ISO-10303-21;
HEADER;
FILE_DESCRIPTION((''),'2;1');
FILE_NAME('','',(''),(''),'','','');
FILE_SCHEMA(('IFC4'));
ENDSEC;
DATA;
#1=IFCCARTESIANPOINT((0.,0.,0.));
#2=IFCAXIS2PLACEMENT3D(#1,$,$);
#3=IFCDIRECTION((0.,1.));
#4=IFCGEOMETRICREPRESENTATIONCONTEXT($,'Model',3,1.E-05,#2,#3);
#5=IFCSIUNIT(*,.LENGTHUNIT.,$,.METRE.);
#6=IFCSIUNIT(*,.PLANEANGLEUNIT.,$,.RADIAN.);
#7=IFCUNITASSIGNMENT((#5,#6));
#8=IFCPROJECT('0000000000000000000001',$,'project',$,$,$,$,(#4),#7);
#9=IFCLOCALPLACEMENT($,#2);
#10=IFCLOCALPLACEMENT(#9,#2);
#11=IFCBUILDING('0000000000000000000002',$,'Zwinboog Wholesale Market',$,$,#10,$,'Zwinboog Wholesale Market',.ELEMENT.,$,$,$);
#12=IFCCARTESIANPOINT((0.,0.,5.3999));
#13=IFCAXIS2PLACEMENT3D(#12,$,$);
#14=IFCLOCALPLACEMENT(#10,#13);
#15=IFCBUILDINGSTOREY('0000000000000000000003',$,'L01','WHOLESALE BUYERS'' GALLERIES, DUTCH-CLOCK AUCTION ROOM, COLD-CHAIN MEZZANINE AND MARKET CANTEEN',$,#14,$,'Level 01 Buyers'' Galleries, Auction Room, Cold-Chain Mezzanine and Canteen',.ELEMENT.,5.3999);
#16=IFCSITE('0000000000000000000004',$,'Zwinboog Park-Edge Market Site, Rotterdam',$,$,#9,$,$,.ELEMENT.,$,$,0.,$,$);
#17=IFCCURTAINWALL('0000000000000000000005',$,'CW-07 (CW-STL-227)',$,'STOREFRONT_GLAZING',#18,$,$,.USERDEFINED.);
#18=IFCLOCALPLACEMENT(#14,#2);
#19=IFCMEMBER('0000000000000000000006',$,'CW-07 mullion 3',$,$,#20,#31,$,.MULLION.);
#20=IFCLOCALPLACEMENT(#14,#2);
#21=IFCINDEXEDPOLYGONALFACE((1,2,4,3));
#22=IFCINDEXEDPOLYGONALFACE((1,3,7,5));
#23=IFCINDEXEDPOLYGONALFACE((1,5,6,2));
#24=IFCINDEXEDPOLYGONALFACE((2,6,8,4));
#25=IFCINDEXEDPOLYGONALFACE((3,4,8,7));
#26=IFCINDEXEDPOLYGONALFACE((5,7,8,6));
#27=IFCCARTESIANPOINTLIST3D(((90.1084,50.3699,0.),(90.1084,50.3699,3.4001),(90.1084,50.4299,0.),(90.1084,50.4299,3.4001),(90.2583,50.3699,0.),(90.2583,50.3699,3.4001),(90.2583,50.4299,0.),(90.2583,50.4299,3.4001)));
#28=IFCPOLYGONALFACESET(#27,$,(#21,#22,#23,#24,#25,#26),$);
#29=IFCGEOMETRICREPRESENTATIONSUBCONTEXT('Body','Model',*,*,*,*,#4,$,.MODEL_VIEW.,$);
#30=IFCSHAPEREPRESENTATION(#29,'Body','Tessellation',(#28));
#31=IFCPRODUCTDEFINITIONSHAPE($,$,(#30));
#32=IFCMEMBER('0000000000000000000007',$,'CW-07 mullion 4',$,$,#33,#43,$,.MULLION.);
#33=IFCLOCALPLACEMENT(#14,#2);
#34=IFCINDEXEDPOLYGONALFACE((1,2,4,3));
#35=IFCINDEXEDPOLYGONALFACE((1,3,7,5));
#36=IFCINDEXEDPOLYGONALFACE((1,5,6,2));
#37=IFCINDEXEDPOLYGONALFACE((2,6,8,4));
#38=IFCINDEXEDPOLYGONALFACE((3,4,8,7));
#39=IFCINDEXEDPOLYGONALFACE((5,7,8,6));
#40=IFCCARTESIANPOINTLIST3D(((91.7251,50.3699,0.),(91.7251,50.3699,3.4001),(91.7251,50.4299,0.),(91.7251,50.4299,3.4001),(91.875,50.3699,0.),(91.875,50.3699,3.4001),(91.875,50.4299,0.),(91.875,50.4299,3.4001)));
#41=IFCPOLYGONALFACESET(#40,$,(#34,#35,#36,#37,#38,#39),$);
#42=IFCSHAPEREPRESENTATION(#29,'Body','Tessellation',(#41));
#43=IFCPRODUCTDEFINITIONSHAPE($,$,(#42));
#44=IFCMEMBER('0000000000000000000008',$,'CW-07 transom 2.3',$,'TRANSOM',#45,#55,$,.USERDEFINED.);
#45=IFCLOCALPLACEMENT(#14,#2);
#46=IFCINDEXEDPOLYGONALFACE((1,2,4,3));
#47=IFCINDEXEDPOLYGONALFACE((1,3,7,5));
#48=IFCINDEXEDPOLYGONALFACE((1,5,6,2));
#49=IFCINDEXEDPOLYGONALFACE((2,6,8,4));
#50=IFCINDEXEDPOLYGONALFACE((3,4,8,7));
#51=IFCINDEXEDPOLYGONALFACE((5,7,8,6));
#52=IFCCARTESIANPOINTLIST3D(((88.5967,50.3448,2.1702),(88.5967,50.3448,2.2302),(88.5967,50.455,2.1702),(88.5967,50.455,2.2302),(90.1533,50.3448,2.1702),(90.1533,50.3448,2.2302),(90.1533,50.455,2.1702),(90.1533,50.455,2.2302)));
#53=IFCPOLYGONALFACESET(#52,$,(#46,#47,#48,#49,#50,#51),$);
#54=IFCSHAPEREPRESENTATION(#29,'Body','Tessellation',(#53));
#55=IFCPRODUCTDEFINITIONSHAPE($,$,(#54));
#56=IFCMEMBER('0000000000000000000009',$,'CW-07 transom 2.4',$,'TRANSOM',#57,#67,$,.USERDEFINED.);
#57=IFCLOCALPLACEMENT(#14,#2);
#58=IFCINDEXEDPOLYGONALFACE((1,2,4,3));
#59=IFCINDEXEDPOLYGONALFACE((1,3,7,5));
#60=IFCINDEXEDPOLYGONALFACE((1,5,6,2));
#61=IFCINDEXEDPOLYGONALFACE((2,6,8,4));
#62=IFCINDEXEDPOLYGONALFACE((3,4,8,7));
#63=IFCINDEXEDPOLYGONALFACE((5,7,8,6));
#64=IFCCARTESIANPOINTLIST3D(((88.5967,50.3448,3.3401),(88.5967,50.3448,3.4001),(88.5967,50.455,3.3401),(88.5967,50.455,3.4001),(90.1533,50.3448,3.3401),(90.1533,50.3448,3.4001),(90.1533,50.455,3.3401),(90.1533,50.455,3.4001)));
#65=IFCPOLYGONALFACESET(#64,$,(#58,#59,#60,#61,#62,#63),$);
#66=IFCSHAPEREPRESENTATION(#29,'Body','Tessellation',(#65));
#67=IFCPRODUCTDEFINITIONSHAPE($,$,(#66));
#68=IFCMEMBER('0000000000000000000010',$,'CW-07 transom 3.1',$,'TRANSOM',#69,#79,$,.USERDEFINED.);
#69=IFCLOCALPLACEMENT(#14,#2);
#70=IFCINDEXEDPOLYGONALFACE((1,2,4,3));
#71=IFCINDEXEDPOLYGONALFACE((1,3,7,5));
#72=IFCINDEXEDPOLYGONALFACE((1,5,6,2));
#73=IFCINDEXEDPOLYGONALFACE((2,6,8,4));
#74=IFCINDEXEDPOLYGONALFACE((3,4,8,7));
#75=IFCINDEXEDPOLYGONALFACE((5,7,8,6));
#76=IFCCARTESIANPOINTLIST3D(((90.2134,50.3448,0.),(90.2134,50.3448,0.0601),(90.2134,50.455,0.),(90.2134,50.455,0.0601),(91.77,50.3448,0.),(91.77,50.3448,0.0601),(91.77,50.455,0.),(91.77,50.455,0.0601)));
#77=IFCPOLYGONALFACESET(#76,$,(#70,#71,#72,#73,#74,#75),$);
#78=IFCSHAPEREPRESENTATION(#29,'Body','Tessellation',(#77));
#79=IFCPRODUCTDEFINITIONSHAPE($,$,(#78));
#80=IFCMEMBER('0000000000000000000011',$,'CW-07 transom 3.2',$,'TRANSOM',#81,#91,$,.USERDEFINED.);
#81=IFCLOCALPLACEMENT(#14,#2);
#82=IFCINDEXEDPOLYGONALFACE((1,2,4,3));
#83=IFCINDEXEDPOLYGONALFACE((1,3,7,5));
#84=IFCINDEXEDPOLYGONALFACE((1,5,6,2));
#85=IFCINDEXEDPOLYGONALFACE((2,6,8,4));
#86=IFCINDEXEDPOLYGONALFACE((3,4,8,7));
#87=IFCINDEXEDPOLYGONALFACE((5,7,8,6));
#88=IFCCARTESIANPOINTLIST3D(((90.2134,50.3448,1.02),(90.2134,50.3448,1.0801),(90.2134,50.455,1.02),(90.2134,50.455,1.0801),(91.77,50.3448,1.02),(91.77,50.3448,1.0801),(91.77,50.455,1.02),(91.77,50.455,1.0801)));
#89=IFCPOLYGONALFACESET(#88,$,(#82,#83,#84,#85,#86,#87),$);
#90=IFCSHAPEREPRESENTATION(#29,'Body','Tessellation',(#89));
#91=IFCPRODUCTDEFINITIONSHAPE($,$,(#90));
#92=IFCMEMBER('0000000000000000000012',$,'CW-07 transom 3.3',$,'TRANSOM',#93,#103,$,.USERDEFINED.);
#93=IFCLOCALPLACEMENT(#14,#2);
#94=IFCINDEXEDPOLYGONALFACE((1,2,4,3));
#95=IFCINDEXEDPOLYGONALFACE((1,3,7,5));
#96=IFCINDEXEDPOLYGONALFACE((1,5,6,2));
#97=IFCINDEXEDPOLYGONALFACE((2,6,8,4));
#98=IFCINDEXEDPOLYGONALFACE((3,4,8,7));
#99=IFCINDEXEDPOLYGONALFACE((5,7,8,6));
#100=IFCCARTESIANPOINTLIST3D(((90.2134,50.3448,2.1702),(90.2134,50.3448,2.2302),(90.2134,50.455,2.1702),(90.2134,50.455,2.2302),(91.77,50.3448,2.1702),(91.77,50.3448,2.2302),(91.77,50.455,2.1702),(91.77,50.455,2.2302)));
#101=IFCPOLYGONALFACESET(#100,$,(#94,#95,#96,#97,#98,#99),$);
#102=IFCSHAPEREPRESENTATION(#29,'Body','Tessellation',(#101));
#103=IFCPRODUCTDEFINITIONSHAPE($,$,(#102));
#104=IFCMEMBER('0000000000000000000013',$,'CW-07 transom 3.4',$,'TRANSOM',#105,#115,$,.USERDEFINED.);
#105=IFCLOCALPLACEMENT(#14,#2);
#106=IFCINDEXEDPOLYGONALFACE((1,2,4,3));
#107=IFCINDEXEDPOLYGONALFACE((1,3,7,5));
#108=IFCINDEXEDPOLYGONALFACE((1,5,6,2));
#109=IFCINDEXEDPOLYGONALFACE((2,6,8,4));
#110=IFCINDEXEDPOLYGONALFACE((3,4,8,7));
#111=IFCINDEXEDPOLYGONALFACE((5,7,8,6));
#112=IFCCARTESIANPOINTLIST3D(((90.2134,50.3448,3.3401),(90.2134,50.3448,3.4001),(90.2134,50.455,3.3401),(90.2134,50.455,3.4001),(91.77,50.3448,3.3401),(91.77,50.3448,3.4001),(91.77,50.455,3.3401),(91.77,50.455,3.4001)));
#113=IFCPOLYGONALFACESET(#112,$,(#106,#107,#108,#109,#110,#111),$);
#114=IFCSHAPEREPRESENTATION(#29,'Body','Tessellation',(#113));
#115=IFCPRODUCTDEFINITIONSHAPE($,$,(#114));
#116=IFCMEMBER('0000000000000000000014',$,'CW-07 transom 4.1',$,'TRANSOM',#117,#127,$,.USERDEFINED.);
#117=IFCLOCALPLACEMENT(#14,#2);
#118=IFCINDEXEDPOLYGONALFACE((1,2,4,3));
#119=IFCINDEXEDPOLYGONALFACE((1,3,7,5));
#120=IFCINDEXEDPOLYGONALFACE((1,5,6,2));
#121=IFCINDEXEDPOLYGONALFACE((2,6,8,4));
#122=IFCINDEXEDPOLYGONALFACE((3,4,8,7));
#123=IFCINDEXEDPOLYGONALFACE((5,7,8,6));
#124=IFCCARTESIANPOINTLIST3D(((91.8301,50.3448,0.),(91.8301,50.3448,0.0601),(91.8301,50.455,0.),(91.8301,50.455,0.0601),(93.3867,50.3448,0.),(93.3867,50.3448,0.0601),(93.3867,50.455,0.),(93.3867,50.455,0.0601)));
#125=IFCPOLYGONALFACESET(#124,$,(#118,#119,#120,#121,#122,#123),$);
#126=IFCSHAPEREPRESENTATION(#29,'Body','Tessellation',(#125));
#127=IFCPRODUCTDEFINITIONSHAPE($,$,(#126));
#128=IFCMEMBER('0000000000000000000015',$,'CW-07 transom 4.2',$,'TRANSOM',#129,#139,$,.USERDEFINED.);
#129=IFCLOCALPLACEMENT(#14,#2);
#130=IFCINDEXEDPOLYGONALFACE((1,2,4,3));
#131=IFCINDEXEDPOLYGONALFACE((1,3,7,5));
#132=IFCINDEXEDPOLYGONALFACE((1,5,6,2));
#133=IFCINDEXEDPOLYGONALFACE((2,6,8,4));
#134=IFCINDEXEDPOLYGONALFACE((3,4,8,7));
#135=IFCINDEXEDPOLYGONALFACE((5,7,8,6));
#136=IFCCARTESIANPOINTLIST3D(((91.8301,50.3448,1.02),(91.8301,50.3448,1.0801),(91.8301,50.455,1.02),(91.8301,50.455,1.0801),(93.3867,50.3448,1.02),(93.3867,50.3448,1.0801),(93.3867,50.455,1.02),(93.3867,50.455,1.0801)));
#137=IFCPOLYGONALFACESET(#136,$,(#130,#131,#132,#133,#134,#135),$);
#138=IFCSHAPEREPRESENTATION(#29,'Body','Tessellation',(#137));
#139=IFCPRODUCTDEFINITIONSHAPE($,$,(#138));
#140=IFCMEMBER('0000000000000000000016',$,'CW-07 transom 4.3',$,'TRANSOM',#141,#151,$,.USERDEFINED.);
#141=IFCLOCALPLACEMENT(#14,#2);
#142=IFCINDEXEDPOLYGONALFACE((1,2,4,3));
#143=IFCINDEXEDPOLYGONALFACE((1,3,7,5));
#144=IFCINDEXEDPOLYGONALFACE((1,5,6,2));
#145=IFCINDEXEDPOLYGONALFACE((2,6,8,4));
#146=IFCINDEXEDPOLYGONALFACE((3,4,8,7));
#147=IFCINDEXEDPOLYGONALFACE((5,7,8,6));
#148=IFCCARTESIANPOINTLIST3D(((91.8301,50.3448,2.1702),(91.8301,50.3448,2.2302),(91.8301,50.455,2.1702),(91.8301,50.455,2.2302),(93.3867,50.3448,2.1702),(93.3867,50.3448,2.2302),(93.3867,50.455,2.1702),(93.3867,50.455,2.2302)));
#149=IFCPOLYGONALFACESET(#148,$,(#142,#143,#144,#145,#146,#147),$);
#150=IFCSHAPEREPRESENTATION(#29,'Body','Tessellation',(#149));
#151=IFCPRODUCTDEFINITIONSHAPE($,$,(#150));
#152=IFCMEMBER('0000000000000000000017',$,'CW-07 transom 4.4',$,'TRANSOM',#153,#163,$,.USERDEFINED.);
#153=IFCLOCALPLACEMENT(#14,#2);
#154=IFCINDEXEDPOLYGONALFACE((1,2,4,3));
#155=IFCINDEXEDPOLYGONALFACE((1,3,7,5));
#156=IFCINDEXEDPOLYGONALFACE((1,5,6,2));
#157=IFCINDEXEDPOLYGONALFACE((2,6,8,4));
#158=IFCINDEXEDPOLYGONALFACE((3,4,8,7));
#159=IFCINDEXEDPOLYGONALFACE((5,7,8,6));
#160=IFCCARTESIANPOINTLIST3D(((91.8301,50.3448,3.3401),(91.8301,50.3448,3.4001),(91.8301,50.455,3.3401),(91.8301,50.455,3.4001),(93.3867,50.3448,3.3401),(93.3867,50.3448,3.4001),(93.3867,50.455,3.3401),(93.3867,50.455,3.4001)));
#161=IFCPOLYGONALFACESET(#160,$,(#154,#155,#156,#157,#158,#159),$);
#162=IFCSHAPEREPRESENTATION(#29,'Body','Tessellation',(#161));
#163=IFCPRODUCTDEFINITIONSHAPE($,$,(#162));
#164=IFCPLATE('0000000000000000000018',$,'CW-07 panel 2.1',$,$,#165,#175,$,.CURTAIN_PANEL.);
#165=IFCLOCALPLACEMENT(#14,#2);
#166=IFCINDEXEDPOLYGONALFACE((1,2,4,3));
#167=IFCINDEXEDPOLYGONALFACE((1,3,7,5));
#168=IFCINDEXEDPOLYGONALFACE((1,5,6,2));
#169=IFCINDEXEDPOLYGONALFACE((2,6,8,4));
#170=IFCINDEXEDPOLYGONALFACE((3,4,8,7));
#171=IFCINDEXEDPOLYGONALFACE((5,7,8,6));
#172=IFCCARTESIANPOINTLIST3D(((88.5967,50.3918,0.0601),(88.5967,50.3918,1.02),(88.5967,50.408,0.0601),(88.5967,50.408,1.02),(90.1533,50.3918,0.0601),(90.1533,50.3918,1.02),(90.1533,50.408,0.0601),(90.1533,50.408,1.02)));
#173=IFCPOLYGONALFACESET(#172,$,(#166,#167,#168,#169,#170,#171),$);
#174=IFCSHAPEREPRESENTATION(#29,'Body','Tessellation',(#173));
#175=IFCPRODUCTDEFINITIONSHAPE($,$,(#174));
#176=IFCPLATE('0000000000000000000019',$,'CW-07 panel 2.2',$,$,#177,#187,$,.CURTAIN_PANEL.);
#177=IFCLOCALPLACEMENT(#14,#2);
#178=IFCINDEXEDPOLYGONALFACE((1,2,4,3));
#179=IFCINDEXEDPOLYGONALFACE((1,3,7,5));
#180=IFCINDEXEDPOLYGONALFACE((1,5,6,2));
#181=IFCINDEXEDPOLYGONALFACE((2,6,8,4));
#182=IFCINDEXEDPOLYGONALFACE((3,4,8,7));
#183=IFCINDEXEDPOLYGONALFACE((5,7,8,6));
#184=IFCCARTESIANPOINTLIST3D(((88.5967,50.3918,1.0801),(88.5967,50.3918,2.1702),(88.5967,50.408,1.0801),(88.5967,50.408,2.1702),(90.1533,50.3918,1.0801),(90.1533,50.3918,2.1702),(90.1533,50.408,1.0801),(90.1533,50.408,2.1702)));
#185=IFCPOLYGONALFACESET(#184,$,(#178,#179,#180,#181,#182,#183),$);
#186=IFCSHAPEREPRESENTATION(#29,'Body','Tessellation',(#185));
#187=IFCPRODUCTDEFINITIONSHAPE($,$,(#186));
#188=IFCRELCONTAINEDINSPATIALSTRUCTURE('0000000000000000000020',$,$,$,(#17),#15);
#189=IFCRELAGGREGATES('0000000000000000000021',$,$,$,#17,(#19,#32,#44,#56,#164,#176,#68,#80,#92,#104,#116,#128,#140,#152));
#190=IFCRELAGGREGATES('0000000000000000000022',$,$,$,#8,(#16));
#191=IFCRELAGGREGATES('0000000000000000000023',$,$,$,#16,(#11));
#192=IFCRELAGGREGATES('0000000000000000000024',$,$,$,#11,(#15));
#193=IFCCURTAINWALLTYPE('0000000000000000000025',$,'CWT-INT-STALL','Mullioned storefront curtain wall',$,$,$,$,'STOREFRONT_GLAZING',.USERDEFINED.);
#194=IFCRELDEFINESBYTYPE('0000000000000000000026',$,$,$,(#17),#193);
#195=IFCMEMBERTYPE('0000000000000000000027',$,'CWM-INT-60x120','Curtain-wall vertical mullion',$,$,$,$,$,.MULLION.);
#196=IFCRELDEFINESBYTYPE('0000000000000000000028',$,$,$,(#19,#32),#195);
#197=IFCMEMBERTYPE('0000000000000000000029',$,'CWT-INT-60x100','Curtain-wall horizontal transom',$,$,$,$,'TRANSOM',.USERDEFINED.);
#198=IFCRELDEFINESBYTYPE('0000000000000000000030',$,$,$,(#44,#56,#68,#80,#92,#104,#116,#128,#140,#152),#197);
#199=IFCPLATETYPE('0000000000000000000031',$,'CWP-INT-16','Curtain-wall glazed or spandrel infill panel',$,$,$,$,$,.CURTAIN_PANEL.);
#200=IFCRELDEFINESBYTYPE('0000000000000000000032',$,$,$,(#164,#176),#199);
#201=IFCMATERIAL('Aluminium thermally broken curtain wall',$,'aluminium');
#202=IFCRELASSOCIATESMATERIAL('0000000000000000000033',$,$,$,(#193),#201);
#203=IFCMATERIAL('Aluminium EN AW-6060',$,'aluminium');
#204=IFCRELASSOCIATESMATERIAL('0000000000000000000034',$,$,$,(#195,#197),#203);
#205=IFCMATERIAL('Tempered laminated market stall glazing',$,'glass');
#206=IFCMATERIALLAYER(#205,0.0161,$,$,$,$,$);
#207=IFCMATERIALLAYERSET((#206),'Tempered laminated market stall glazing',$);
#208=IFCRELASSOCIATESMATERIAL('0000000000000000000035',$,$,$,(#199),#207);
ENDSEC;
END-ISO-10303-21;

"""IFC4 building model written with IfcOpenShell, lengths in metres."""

from ifc_helpers import new_model, si_unit, direction, frame, origin, origin_2d, place, context, subcontext, project, spatial, rectangle, extrude, material, layer, layer_set, material_profile, profile_set, type_object, element, aggregate, save


model = new_model("IFC4")

# Units and contexts
model_context = context("Model", 3, precision=1e-05, world=origin(), true_north=direction((0.0, 1.0)))
body_context = subcontext(model_context, "Body", "Model", "MODEL_VIEW")
ifc_project = project(units=[si_unit("LENGTHUNIT", "METRE"), si_unit("PLANEANGLEUNIT", "RADIAN")], contexts=[model_context])

# Site, building, storey
site_placement = place(None, origin())
site = spatial("IfcSite", under=ifc_project, at=site_placement, Name="Zwinboog Park-Edge Market Site, Rotterdam", CompositionType="ELEMENT", RefElevation=0.0)
building_placement = place(site_placement, origin())
building = spatial("IfcBuilding", under=site, at=building_placement, Name="Zwinboog Wholesale Market", LongName="Zwinboog Wholesale Market", CompositionType="ELEMENT")
storey_placement = place(building_placement, frame((0.0, 0.0, 5.3999)))
storey = spatial("IfcBuildingStorey", under=building, at=storey_placement, Name="L01", Description="WHOLESALE BUYERS' GALLERIES, DUTCH-CLOCK AUCTION ROOM, COLD-CHAIN MEZZANINE AND MARKET CANTEEN", LongName="Level 01 Buyers' Galleries, Auction Room, Cold-Chain Mezzanine and Canteen", CompositionType="ELEMENT", Elevation=5.3999)

# Curtain wall, members, plates
ifc_material_1 = material(Name="Aluminium thermally broken curtain wall", Category="aluminium")
curtain_wall_type = type_object("IfcCurtainWallType", Name="CWT-INT-STALL", Description="Mullioned storefront curtain wall", ElementType="STOREFRONT_GLAZING", PredefinedType="USERDEFINED", material=ifc_material_1)
curtain_wall_placement = place(storey_placement, origin())
curtain_wall = element("IfcCurtainWall", 1, at=curtain_wall_placement, inside=storey, type_object=curtain_wall_type, Name="CW-07 (CW-STL-227)", ObjectType="STOREFRONT_GLAZING", PredefinedType="USERDEFINED")
ifc_material_2 = material(Name="Aluminium EN AW-6060", Category="aluminium")
ifc_material_profile_1 = material_profile(ifc_material_2, rectangle(XDim=0.0601, YDim=0.1499, at=origin_2d()), Name="AL 60x150")
ifc_profile_set_1 = profile_set([ifc_material_profile_1], Name="Aluminium EN AW-6060")
member_type_1 = type_object("IfcMemberType", Name="CWM-INT-60x120", Description="Curtain-wall vertical mullion", PredefinedType="MULLION", material=ifc_profile_set_1)
member_1_placement = place(storey_placement, frame((90.1833, 50.3999, 0.0), z_axis=(0.0, 0.0, 1.0), x_axis=(0.0, 1.0, 0.0)))
member_1 = element("IfcMember", 2, at=member_1_placement, type_object=member_type_1, Name="CW-07 mullion 3", PredefinedType="MULLION", context=body_context, shape_type="SweptSolid", body=[
    extrude(rectangle(XDim=0.0601, YDim=0.1499, at=origin_2d()), origin(), (0.0, 0.0, 1.0), 3.4001),
])
member_2_placement = place(storey_placement, frame((91.8, 50.3999, 0.0), z_axis=(0.0, 0.0, 1.0), x_axis=(0.0, 1.0, 0.0)))
member_2 = element("IfcMember", 3, at=member_2_placement, type_object=member_type_1, Name="CW-07 mullion 4", PredefinedType="MULLION", context=body_context, shape_type="SweptSolid", body=[
    extrude(rectangle(XDim=0.0601, YDim=0.1499, at=origin_2d()), origin(), (0.0, 0.0, 1.0), 3.4001),
])
ifc_material_profile_2 = material_profile(ifc_material_2, rectangle(XDim=0.1101, YDim=0.0601, at=origin_2d()), Name="AL 60x110")
ifc_profile_set_2 = profile_set([ifc_material_profile_2], Name="Aluminium EN AW-6060")
member_type_2 = type_object("IfcMemberType", Name="CWT-INT-60x100", Description="Curtain-wall horizontal transom", ElementType="TRANSOM", PredefinedType="USERDEFINED", material=ifc_profile_set_2)
member_3_placement = place(storey_placement, frame((88.5967, 50.3999, 2.2002), z_axis=(1.0, 0.0, 0.0), x_axis=(0.0, 1.0, 0.0)))
member_3 = element("IfcMember", 4, at=member_3_placement, type_object=member_type_2, Name="CW-07 transom 2.3", ObjectType="TRANSOM", PredefinedType="USERDEFINED", context=body_context, shape_type="SweptSolid", body=[
    extrude(rectangle(XDim=0.1101, YDim=0.0601, at=origin_2d()), origin(), (0.0, 0.0, 1.0), 1.5566),
])
member_4_placement = place(storey_placement, frame((88.5967, 50.3999, 3.3701), z_axis=(1.0, 0.0, 0.0), x_axis=(0.0, 1.0, 0.0)))
member_4 = element("IfcMember", 5, at=member_4_placement, type_object=member_type_2, Name="CW-07 transom 2.4", ObjectType="TRANSOM", PredefinedType="USERDEFINED", context=body_context, shape_type="SweptSolid", body=[
    extrude(rectangle(XDim=0.1101, YDim=0.0601, at=origin_2d()), origin(), (0.0, 0.0, 1.0), 1.5566),
])
member_5_placement = place(storey_placement, frame((90.2134, 50.3999, 0.03), z_axis=(1.0, 0.0, 0.0), x_axis=(0.0, 1.0, 0.0)))
member_5 = element("IfcMember", 6, at=member_5_placement, type_object=member_type_2, Name="CW-07 transom 3.1", ObjectType="TRANSOM", PredefinedType="USERDEFINED", context=body_context, shape_type="SweptSolid", body=[
    extrude(rectangle(XDim=0.1101, YDim=0.0601, at=origin_2d()), origin(), (0.0, 0.0, 1.0), 1.5566),
])
member_6_placement = place(storey_placement, frame((90.2134, 50.3999, 1.05), z_axis=(1.0, 0.0, 0.0), x_axis=(0.0, 1.0, 0.0)))
member_6 = element("IfcMember", 7, at=member_6_placement, type_object=member_type_2, Name="CW-07 transom 3.2", ObjectType="TRANSOM", PredefinedType="USERDEFINED", context=body_context, shape_type="SweptSolid", body=[
    extrude(rectangle(XDim=0.1101, YDim=0.0601, at=origin_2d()), origin(), (0.0, 0.0, 1.0), 1.5566),
])
member_7_placement = place(storey_placement, frame((90.2134, 50.3999, 2.2002), z_axis=(1.0, 0.0, 0.0), x_axis=(0.0, 1.0, 0.0)))
member_7 = element("IfcMember", 8, at=member_7_placement, type_object=member_type_2, Name="CW-07 transom 3.3", ObjectType="TRANSOM", PredefinedType="USERDEFINED", context=body_context, shape_type="SweptSolid", body=[
    extrude(rectangle(XDim=0.1101, YDim=0.0601, at=origin_2d()), origin(), (0.0, 0.0, 1.0), 1.5566),
])
member_8_placement = place(storey_placement, frame((90.2134, 50.3999, 3.3701), z_axis=(1.0, 0.0, 0.0), x_axis=(0.0, 1.0, 0.0)))
member_8 = element("IfcMember", 9, at=member_8_placement, type_object=member_type_2, Name="CW-07 transom 3.4", ObjectType="TRANSOM", PredefinedType="USERDEFINED", context=body_context, shape_type="SweptSolid", body=[
    extrude(rectangle(XDim=0.1101, YDim=0.0601, at=origin_2d()), origin(), (0.0, 0.0, 1.0), 1.5566),
])
member_9_placement = place(storey_placement, frame((91.8301, 50.3999, 0.03), z_axis=(1.0, 0.0, 0.0), x_axis=(0.0, 1.0, 0.0)))
member_9 = element("IfcMember", 10, at=member_9_placement, type_object=member_type_2, Name="CW-07 transom 4.1", ObjectType="TRANSOM", PredefinedType="USERDEFINED", context=body_context, shape_type="SweptSolid", body=[
    extrude(rectangle(XDim=0.1101, YDim=0.0601, at=origin_2d()), origin(), (0.0, 0.0, 1.0), 1.5566),
])
member_10_placement = place(storey_placement, frame((91.8301, 50.3999, 1.05), z_axis=(1.0, 0.0, 0.0), x_axis=(0.0, 1.0, 0.0)))
member_10 = element("IfcMember", 11, at=member_10_placement, type_object=member_type_2, Name="CW-07 transom 4.2", ObjectType="TRANSOM", PredefinedType="USERDEFINED", context=body_context, shape_type="SweptSolid", body=[
    extrude(rectangle(XDim=0.1101, YDim=0.0601, at=origin_2d()), origin(), (0.0, 0.0, 1.0), 1.5566),
])
member_11_placement = place(storey_placement, frame((91.8301, 50.3999, 2.2002), z_axis=(1.0, 0.0, 0.0), x_axis=(0.0, 1.0, 0.0)))
member_11 = element("IfcMember", 12, at=member_11_placement, type_object=member_type_2, Name="CW-07 transom 4.3", ObjectType="TRANSOM", PredefinedType="USERDEFINED", context=body_context, shape_type="SweptSolid", body=[
    extrude(rectangle(XDim=0.1101, YDim=0.0601, at=origin_2d()), origin(), (0.0, 0.0, 1.0), 1.5566),
])
member_12_placement = place(storey_placement, frame((91.8301, 50.3999, 3.3701), z_axis=(1.0, 0.0, 0.0), x_axis=(0.0, 1.0, 0.0)))
member_12 = element("IfcMember", 13, at=member_12_placement, type_object=member_type_2, Name="CW-07 transom 4.4", ObjectType="TRANSOM", PredefinedType="USERDEFINED", context=body_context, shape_type="SweptSolid", body=[
    extrude(rectangle(XDim=0.1101, YDim=0.0601, at=origin_2d()), origin(), (0.0, 0.0, 1.0), 1.5566),
])
ifc_material_3 = material(Name="Tempered laminated market stall glazing", Category="glass")
ifc_layer = layer(ifc_material_3, 0.0161)
ifc_layer_set = layer_set([ifc_layer], Name="Tempered laminated market stall glazing")
plate_type = type_object("IfcPlateType", Name="CWP-INT-16", Description="Curtain-wall glazed or spandrel infill panel", PredefinedType="CURTAIN_PANEL", material=ifc_layer_set)
plate_1_placement = place(storey_placement, frame((89.375, 50.3999, 0.0601), z_axis=(0.0, 0.0, 1.0), x_axis=(1.0, 0.0, 0.0)))
plate_1 = element("IfcPlate", 14, at=plate_1_placement, type_object=plate_type, Name="CW-07 panel 2.1", PredefinedType="CURTAIN_PANEL", context=body_context, shape_type="SweptSolid", body=[
    extrude(rectangle(XDim=1.5566, YDim=0.0161, at=origin_2d()), origin(), (0.0, 0.0, 1.0), 0.96),
])
plate_2_placement = place(storey_placement, frame((89.375, 50.3999, 1.0801), z_axis=(0.0, 0.0, 1.0), x_axis=(1.0, 0.0, 0.0)))
plate_2 = element("IfcPlate", 15, at=plate_2_placement, type_object=plate_type, Name="CW-07 panel 2.2", PredefinedType="CURTAIN_PANEL", context=body_context, shape_type="SweptSolid", body=[
    extrude(rectangle(XDim=1.5566, YDim=0.0161, at=origin_2d()), origin(), (0.0, 0.0, 1.0), 1.0901),
])
aggregate(curtain_wall, [member_1, member_2, member_3, member_4, plate_1, plate_2, member_5, member_6, member_7, member_8, member_9, member_10, member_11, member_12])

save(model, "model.ifc")
